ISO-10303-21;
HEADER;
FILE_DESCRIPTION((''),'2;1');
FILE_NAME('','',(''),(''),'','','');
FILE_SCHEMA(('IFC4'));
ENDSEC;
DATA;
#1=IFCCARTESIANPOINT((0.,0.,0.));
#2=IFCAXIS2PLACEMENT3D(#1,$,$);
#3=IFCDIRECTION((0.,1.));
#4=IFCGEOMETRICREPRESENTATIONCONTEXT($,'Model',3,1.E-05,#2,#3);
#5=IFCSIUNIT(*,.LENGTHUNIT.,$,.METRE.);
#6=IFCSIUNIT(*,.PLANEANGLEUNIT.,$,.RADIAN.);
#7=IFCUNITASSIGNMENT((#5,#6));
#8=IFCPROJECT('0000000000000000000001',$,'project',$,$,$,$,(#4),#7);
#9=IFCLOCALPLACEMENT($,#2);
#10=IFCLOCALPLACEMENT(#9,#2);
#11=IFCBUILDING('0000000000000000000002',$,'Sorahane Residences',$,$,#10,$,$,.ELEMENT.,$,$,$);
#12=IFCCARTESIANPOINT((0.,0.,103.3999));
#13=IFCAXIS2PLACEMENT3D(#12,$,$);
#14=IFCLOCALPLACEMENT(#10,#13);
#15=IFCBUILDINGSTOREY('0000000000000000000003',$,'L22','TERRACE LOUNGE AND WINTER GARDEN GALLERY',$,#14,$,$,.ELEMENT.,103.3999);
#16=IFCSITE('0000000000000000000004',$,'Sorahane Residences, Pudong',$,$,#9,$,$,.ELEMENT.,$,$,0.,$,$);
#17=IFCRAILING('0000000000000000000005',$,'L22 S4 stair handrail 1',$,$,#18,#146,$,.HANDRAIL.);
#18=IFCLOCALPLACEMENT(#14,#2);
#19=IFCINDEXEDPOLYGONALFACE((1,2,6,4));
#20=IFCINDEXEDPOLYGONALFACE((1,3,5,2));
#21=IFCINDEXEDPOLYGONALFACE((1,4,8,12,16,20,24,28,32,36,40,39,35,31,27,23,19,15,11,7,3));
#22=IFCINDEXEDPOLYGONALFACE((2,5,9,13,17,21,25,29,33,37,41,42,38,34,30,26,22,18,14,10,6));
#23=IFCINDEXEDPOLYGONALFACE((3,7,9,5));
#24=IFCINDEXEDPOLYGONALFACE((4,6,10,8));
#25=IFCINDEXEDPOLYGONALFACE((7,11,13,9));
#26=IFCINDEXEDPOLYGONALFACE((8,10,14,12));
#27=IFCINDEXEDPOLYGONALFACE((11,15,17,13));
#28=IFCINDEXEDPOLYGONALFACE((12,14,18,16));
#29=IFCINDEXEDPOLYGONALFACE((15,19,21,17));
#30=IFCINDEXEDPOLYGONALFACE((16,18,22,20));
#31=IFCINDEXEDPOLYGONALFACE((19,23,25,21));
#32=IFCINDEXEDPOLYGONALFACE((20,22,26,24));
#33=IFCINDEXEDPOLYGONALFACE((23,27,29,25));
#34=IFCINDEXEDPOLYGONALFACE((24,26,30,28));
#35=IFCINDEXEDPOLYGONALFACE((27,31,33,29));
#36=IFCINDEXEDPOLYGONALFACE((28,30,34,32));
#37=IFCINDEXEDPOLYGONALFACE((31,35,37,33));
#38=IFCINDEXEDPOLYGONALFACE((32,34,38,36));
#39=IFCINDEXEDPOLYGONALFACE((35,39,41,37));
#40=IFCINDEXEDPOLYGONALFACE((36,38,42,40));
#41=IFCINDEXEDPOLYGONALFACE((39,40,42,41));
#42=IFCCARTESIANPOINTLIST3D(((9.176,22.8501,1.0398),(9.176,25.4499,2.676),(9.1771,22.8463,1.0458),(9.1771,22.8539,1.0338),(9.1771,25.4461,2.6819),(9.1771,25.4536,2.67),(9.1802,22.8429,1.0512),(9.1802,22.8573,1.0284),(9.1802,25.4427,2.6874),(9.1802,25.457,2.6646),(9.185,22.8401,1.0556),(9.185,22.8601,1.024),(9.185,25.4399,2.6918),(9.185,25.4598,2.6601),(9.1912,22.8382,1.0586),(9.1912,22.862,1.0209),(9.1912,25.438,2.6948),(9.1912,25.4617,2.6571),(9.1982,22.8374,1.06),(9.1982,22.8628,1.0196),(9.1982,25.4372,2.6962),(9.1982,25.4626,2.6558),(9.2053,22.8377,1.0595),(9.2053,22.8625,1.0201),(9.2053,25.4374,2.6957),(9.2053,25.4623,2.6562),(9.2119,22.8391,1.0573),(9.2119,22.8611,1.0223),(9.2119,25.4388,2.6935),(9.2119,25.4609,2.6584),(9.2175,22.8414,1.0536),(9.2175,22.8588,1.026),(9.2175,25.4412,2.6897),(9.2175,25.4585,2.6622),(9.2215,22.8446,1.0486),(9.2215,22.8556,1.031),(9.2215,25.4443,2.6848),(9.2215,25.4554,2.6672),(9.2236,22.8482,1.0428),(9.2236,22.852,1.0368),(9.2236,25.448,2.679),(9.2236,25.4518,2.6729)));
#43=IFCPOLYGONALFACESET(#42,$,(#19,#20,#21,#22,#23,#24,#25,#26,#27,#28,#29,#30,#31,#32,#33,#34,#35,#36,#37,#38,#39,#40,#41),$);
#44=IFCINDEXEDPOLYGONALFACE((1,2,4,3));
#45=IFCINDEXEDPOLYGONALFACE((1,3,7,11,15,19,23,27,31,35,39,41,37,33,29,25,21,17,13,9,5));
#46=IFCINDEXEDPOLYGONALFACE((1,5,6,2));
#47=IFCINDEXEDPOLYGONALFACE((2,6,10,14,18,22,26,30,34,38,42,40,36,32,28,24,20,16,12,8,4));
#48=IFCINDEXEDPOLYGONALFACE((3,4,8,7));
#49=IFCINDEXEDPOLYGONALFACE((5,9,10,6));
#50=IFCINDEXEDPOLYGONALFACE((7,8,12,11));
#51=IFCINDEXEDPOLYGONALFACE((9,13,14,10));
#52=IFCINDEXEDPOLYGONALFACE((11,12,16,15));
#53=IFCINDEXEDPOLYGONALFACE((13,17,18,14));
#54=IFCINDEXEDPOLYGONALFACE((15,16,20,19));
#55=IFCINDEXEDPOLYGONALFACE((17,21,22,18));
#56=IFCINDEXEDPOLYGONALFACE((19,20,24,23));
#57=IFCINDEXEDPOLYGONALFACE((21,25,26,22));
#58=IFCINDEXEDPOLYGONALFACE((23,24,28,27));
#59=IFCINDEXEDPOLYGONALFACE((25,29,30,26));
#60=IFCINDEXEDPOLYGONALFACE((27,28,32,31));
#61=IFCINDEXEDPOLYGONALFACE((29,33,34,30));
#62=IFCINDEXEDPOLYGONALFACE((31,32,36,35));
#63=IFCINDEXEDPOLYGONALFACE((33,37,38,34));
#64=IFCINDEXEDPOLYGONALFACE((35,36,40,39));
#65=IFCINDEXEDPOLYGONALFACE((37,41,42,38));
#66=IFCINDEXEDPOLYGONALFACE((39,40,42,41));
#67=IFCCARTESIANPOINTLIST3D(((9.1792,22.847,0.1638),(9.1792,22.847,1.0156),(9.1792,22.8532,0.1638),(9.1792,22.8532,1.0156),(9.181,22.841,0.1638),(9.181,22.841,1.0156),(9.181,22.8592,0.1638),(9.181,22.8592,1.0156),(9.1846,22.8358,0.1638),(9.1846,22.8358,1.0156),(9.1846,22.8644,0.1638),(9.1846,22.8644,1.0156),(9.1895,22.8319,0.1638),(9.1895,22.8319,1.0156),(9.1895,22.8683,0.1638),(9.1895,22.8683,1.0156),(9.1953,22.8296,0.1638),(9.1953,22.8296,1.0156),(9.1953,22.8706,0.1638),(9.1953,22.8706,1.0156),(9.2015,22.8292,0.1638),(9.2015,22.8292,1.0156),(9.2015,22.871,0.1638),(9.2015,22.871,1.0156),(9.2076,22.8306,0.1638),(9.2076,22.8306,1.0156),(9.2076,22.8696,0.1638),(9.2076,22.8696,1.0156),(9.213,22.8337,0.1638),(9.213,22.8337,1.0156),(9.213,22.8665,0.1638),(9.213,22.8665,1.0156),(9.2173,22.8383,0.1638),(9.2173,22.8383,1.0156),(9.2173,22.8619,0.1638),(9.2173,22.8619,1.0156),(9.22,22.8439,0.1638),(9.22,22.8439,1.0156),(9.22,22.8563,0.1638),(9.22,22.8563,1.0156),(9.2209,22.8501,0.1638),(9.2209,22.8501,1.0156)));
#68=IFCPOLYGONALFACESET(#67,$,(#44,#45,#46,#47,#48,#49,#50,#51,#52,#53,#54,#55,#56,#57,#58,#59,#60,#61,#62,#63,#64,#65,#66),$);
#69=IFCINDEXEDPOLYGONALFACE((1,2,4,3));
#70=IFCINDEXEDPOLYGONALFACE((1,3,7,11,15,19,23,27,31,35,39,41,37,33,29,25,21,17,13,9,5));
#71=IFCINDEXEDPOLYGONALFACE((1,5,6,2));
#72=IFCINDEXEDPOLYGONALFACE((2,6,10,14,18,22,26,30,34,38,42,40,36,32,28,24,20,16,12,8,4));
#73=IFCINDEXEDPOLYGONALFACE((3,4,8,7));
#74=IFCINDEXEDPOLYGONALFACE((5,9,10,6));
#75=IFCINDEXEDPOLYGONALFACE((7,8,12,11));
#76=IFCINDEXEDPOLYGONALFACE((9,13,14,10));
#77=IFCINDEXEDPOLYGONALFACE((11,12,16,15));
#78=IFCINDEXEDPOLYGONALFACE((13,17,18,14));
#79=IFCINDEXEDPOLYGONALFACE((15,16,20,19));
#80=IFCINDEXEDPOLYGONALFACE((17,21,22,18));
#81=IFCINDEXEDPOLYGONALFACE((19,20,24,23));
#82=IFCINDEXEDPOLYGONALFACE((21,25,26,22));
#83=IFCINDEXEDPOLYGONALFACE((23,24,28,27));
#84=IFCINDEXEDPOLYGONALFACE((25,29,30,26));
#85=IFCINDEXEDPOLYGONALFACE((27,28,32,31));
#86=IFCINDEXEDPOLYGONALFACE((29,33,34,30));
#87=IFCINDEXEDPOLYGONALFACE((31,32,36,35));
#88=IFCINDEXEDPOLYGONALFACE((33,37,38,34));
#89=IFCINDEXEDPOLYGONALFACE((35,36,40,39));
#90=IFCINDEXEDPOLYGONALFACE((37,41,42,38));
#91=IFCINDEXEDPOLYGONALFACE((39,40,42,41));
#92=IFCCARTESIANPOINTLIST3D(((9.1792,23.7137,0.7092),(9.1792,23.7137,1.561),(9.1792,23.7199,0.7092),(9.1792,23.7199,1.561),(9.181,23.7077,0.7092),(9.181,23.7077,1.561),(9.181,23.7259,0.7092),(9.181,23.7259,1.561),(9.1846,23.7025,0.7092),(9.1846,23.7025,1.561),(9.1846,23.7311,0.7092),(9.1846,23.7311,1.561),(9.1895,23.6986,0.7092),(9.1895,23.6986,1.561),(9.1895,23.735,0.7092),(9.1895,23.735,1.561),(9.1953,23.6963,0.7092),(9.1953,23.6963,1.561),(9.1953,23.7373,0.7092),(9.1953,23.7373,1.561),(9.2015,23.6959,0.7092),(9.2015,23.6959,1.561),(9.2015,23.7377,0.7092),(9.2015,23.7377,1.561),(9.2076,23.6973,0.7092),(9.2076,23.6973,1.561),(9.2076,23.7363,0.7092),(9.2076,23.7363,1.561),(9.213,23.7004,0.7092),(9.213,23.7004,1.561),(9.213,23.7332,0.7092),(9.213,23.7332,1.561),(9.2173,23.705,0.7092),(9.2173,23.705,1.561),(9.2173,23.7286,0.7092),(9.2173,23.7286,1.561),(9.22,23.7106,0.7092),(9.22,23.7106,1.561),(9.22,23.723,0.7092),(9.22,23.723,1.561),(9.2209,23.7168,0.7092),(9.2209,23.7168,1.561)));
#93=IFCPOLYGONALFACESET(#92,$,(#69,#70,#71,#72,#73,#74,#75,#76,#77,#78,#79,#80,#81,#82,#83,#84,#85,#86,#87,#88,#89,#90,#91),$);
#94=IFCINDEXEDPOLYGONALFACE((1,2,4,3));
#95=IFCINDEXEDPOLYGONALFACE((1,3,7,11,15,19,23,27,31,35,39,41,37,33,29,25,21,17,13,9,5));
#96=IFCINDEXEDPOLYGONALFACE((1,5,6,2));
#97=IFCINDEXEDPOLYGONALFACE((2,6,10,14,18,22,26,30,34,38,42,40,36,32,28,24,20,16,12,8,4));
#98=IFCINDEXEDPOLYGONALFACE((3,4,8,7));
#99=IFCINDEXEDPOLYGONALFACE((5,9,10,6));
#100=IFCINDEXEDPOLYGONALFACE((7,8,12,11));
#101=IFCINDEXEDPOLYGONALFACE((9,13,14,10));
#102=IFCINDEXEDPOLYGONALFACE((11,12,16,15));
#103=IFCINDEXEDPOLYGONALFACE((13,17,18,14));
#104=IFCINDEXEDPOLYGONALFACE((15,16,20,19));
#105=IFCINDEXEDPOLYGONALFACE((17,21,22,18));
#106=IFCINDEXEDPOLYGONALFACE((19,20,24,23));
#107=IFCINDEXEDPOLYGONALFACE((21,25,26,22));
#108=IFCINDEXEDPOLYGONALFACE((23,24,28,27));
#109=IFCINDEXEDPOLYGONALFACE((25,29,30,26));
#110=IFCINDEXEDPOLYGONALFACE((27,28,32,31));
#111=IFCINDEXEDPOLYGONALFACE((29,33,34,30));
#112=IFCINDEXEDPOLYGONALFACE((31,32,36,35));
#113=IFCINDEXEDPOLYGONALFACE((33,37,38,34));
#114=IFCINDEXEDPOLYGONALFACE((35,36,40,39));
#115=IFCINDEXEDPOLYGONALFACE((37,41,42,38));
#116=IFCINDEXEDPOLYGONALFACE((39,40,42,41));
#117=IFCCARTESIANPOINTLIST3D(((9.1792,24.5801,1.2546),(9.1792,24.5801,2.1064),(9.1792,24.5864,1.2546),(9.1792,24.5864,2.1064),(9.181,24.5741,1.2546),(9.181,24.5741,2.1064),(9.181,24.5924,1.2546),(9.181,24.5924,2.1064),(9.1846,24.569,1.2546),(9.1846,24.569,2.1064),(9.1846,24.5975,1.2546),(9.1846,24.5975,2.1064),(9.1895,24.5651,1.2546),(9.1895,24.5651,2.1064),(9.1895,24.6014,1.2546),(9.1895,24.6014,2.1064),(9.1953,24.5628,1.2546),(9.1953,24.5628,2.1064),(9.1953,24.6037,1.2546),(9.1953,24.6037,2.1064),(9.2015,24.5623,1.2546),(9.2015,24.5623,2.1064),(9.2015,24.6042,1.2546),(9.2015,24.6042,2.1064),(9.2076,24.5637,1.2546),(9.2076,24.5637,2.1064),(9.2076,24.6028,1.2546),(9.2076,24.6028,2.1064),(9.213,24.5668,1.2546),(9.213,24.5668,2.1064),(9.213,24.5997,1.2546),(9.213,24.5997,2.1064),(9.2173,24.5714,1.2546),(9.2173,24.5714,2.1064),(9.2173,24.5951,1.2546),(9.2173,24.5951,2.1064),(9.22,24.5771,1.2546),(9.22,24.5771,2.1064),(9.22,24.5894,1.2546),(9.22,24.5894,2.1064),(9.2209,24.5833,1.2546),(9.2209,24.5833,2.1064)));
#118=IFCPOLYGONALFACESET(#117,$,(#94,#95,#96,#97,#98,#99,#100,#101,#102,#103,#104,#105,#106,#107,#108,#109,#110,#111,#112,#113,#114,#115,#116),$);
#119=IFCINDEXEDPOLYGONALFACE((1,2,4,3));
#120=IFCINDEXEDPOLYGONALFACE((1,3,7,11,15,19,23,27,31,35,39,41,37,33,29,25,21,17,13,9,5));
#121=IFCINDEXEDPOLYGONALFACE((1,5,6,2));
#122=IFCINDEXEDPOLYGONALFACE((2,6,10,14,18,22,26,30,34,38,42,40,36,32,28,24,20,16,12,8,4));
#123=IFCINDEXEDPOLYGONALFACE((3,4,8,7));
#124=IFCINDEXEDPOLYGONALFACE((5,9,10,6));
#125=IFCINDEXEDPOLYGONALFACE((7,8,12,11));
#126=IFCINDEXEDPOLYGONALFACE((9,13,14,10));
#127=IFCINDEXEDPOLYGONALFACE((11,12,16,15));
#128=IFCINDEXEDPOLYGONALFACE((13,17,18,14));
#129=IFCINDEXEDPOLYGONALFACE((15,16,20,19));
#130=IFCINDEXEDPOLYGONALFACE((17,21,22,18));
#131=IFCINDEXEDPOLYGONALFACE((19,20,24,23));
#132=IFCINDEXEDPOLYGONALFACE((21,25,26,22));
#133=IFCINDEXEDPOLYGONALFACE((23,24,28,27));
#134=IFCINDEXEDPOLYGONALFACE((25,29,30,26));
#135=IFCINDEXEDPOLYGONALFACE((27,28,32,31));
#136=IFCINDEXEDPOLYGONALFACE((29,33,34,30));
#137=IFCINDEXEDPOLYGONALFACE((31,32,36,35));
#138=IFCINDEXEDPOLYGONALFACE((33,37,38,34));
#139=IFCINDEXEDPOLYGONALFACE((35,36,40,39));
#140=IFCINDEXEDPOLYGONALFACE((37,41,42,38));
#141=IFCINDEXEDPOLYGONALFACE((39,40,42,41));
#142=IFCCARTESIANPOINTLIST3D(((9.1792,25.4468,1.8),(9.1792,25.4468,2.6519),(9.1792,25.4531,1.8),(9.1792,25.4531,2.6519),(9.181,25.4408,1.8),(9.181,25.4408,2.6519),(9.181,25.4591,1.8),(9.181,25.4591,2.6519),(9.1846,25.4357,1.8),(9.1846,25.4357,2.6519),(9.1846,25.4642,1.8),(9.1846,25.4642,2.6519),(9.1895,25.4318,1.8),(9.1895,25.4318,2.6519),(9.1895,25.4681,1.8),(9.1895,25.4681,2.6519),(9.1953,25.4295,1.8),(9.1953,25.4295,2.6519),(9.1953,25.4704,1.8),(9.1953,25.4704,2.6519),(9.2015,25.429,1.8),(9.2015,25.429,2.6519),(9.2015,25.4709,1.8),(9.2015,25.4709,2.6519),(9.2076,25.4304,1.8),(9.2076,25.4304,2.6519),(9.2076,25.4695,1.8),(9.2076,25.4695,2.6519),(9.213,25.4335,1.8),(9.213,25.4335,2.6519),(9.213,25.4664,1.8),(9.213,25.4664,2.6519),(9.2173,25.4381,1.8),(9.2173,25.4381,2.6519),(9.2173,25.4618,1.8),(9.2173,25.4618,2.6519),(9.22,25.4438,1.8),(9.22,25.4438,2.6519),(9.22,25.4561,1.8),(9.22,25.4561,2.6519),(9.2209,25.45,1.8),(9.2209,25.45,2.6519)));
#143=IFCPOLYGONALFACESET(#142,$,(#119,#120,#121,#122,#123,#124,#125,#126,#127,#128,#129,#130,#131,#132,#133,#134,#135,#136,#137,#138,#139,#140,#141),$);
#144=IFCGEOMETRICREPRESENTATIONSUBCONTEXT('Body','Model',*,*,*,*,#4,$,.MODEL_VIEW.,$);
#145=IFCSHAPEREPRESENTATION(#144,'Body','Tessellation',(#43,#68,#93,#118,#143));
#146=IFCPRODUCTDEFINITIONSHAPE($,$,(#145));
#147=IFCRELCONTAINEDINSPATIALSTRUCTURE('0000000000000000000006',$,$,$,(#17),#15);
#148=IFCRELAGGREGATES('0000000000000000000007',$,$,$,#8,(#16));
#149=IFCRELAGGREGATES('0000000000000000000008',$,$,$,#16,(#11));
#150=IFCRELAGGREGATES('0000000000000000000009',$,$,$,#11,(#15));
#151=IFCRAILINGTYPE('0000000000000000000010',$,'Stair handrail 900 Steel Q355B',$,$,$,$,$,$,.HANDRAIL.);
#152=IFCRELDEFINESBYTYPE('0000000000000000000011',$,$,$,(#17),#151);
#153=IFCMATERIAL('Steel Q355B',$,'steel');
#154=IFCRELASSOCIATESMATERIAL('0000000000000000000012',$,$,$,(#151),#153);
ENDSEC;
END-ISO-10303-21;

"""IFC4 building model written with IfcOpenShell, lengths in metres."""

from ifc_helpers import new_model, si_unit, direction, frame, origin, origin_2d, place, context, subcontext, project, spatial, circle, extrude, material, type_object, element, save


model = new_model("IFC4")

# Units and contexts
model_context = context("Model", 3, precision=1e-05, world=origin(), true_north=direction((0.0, 1.0)))
body_context = subcontext(model_context, "Body", "Model", "MODEL_VIEW")
ifc_project = project(units=[si_unit("LENGTHUNIT", "METRE"), si_unit("PLANEANGLEUNIT", "RADIAN")], contexts=[model_context])

# Site, building, storey
site_placement = place(None, origin())
site = spatial("IfcSite", under=ifc_project, at=site_placement, Name="Sorahane Residences, Pudong", CompositionType="ELEMENT", RefElevation=0.0)
building_placement = place(site_placement, origin())
building = spatial("IfcBuilding", under=site, at=building_placement, Name="Sorahane Residences", CompositionType="ELEMENT")
storey_placement = place(building_placement, frame((0.0, 0.0, 103.3999)))
storey = spatial("IfcBuildingStorey", under=building, at=storey_placement, Name="L22", Description="TERRACE LOUNGE AND WINTER GARDEN GALLERY", CompositionType="ELEMENT", Elevation=103.3999)

# Railing
ifc_material_1 = material(Name="Steel Q355B", Category="steel")
railing_type_1 = type_object("IfcRailingType", Name="Stair handrail 900 Steel Q355B", PredefinedType="HANDRAIL", material=ifc_material_1)
railing_1_placement = place(storey_placement, frame((9.2, 22.8501, 0.1638)))
element("IfcRailing", 1, at=railing_1_placement, inside=storey, type_object=railing_type_1, Name="L22 S4 stair handrail 1", PredefinedType="HANDRAIL", context=body_context, shape_type="SweptSolid", body=[
    extrude(circle(Radius=0.0239, at=origin_2d()), frame((0.0, 0.0, 0.876), z_axis=(0.0, 0.846338, 0.532647), x_axis=(-1.0, 0.0, 0.0)), (0.0, 0.0, 1.0), 3.0718),
    extrude(circle(Radius=0.021, at=origin_2d()), origin(), (0.0, 0.0, 1.0), 0.8518),
    extrude(circle(Radius=0.021, at=origin_2d()), frame((0.0, 0.8667, 0.5454)), (0.0, 0.0, 1.0), 0.8518),
    extrude(circle(Radius=0.021, at=origin_2d()), frame((0.0, 1.7332, 1.0908)), (0.0, 0.0, 1.0), 0.8518),
    extrude(circle(Radius=0.021, at=origin_2d()), frame((0.0, 2.5999, 1.6362)), (0.0, 0.0, 1.0), 0.8518),
])

save(model, "model.ifc")
